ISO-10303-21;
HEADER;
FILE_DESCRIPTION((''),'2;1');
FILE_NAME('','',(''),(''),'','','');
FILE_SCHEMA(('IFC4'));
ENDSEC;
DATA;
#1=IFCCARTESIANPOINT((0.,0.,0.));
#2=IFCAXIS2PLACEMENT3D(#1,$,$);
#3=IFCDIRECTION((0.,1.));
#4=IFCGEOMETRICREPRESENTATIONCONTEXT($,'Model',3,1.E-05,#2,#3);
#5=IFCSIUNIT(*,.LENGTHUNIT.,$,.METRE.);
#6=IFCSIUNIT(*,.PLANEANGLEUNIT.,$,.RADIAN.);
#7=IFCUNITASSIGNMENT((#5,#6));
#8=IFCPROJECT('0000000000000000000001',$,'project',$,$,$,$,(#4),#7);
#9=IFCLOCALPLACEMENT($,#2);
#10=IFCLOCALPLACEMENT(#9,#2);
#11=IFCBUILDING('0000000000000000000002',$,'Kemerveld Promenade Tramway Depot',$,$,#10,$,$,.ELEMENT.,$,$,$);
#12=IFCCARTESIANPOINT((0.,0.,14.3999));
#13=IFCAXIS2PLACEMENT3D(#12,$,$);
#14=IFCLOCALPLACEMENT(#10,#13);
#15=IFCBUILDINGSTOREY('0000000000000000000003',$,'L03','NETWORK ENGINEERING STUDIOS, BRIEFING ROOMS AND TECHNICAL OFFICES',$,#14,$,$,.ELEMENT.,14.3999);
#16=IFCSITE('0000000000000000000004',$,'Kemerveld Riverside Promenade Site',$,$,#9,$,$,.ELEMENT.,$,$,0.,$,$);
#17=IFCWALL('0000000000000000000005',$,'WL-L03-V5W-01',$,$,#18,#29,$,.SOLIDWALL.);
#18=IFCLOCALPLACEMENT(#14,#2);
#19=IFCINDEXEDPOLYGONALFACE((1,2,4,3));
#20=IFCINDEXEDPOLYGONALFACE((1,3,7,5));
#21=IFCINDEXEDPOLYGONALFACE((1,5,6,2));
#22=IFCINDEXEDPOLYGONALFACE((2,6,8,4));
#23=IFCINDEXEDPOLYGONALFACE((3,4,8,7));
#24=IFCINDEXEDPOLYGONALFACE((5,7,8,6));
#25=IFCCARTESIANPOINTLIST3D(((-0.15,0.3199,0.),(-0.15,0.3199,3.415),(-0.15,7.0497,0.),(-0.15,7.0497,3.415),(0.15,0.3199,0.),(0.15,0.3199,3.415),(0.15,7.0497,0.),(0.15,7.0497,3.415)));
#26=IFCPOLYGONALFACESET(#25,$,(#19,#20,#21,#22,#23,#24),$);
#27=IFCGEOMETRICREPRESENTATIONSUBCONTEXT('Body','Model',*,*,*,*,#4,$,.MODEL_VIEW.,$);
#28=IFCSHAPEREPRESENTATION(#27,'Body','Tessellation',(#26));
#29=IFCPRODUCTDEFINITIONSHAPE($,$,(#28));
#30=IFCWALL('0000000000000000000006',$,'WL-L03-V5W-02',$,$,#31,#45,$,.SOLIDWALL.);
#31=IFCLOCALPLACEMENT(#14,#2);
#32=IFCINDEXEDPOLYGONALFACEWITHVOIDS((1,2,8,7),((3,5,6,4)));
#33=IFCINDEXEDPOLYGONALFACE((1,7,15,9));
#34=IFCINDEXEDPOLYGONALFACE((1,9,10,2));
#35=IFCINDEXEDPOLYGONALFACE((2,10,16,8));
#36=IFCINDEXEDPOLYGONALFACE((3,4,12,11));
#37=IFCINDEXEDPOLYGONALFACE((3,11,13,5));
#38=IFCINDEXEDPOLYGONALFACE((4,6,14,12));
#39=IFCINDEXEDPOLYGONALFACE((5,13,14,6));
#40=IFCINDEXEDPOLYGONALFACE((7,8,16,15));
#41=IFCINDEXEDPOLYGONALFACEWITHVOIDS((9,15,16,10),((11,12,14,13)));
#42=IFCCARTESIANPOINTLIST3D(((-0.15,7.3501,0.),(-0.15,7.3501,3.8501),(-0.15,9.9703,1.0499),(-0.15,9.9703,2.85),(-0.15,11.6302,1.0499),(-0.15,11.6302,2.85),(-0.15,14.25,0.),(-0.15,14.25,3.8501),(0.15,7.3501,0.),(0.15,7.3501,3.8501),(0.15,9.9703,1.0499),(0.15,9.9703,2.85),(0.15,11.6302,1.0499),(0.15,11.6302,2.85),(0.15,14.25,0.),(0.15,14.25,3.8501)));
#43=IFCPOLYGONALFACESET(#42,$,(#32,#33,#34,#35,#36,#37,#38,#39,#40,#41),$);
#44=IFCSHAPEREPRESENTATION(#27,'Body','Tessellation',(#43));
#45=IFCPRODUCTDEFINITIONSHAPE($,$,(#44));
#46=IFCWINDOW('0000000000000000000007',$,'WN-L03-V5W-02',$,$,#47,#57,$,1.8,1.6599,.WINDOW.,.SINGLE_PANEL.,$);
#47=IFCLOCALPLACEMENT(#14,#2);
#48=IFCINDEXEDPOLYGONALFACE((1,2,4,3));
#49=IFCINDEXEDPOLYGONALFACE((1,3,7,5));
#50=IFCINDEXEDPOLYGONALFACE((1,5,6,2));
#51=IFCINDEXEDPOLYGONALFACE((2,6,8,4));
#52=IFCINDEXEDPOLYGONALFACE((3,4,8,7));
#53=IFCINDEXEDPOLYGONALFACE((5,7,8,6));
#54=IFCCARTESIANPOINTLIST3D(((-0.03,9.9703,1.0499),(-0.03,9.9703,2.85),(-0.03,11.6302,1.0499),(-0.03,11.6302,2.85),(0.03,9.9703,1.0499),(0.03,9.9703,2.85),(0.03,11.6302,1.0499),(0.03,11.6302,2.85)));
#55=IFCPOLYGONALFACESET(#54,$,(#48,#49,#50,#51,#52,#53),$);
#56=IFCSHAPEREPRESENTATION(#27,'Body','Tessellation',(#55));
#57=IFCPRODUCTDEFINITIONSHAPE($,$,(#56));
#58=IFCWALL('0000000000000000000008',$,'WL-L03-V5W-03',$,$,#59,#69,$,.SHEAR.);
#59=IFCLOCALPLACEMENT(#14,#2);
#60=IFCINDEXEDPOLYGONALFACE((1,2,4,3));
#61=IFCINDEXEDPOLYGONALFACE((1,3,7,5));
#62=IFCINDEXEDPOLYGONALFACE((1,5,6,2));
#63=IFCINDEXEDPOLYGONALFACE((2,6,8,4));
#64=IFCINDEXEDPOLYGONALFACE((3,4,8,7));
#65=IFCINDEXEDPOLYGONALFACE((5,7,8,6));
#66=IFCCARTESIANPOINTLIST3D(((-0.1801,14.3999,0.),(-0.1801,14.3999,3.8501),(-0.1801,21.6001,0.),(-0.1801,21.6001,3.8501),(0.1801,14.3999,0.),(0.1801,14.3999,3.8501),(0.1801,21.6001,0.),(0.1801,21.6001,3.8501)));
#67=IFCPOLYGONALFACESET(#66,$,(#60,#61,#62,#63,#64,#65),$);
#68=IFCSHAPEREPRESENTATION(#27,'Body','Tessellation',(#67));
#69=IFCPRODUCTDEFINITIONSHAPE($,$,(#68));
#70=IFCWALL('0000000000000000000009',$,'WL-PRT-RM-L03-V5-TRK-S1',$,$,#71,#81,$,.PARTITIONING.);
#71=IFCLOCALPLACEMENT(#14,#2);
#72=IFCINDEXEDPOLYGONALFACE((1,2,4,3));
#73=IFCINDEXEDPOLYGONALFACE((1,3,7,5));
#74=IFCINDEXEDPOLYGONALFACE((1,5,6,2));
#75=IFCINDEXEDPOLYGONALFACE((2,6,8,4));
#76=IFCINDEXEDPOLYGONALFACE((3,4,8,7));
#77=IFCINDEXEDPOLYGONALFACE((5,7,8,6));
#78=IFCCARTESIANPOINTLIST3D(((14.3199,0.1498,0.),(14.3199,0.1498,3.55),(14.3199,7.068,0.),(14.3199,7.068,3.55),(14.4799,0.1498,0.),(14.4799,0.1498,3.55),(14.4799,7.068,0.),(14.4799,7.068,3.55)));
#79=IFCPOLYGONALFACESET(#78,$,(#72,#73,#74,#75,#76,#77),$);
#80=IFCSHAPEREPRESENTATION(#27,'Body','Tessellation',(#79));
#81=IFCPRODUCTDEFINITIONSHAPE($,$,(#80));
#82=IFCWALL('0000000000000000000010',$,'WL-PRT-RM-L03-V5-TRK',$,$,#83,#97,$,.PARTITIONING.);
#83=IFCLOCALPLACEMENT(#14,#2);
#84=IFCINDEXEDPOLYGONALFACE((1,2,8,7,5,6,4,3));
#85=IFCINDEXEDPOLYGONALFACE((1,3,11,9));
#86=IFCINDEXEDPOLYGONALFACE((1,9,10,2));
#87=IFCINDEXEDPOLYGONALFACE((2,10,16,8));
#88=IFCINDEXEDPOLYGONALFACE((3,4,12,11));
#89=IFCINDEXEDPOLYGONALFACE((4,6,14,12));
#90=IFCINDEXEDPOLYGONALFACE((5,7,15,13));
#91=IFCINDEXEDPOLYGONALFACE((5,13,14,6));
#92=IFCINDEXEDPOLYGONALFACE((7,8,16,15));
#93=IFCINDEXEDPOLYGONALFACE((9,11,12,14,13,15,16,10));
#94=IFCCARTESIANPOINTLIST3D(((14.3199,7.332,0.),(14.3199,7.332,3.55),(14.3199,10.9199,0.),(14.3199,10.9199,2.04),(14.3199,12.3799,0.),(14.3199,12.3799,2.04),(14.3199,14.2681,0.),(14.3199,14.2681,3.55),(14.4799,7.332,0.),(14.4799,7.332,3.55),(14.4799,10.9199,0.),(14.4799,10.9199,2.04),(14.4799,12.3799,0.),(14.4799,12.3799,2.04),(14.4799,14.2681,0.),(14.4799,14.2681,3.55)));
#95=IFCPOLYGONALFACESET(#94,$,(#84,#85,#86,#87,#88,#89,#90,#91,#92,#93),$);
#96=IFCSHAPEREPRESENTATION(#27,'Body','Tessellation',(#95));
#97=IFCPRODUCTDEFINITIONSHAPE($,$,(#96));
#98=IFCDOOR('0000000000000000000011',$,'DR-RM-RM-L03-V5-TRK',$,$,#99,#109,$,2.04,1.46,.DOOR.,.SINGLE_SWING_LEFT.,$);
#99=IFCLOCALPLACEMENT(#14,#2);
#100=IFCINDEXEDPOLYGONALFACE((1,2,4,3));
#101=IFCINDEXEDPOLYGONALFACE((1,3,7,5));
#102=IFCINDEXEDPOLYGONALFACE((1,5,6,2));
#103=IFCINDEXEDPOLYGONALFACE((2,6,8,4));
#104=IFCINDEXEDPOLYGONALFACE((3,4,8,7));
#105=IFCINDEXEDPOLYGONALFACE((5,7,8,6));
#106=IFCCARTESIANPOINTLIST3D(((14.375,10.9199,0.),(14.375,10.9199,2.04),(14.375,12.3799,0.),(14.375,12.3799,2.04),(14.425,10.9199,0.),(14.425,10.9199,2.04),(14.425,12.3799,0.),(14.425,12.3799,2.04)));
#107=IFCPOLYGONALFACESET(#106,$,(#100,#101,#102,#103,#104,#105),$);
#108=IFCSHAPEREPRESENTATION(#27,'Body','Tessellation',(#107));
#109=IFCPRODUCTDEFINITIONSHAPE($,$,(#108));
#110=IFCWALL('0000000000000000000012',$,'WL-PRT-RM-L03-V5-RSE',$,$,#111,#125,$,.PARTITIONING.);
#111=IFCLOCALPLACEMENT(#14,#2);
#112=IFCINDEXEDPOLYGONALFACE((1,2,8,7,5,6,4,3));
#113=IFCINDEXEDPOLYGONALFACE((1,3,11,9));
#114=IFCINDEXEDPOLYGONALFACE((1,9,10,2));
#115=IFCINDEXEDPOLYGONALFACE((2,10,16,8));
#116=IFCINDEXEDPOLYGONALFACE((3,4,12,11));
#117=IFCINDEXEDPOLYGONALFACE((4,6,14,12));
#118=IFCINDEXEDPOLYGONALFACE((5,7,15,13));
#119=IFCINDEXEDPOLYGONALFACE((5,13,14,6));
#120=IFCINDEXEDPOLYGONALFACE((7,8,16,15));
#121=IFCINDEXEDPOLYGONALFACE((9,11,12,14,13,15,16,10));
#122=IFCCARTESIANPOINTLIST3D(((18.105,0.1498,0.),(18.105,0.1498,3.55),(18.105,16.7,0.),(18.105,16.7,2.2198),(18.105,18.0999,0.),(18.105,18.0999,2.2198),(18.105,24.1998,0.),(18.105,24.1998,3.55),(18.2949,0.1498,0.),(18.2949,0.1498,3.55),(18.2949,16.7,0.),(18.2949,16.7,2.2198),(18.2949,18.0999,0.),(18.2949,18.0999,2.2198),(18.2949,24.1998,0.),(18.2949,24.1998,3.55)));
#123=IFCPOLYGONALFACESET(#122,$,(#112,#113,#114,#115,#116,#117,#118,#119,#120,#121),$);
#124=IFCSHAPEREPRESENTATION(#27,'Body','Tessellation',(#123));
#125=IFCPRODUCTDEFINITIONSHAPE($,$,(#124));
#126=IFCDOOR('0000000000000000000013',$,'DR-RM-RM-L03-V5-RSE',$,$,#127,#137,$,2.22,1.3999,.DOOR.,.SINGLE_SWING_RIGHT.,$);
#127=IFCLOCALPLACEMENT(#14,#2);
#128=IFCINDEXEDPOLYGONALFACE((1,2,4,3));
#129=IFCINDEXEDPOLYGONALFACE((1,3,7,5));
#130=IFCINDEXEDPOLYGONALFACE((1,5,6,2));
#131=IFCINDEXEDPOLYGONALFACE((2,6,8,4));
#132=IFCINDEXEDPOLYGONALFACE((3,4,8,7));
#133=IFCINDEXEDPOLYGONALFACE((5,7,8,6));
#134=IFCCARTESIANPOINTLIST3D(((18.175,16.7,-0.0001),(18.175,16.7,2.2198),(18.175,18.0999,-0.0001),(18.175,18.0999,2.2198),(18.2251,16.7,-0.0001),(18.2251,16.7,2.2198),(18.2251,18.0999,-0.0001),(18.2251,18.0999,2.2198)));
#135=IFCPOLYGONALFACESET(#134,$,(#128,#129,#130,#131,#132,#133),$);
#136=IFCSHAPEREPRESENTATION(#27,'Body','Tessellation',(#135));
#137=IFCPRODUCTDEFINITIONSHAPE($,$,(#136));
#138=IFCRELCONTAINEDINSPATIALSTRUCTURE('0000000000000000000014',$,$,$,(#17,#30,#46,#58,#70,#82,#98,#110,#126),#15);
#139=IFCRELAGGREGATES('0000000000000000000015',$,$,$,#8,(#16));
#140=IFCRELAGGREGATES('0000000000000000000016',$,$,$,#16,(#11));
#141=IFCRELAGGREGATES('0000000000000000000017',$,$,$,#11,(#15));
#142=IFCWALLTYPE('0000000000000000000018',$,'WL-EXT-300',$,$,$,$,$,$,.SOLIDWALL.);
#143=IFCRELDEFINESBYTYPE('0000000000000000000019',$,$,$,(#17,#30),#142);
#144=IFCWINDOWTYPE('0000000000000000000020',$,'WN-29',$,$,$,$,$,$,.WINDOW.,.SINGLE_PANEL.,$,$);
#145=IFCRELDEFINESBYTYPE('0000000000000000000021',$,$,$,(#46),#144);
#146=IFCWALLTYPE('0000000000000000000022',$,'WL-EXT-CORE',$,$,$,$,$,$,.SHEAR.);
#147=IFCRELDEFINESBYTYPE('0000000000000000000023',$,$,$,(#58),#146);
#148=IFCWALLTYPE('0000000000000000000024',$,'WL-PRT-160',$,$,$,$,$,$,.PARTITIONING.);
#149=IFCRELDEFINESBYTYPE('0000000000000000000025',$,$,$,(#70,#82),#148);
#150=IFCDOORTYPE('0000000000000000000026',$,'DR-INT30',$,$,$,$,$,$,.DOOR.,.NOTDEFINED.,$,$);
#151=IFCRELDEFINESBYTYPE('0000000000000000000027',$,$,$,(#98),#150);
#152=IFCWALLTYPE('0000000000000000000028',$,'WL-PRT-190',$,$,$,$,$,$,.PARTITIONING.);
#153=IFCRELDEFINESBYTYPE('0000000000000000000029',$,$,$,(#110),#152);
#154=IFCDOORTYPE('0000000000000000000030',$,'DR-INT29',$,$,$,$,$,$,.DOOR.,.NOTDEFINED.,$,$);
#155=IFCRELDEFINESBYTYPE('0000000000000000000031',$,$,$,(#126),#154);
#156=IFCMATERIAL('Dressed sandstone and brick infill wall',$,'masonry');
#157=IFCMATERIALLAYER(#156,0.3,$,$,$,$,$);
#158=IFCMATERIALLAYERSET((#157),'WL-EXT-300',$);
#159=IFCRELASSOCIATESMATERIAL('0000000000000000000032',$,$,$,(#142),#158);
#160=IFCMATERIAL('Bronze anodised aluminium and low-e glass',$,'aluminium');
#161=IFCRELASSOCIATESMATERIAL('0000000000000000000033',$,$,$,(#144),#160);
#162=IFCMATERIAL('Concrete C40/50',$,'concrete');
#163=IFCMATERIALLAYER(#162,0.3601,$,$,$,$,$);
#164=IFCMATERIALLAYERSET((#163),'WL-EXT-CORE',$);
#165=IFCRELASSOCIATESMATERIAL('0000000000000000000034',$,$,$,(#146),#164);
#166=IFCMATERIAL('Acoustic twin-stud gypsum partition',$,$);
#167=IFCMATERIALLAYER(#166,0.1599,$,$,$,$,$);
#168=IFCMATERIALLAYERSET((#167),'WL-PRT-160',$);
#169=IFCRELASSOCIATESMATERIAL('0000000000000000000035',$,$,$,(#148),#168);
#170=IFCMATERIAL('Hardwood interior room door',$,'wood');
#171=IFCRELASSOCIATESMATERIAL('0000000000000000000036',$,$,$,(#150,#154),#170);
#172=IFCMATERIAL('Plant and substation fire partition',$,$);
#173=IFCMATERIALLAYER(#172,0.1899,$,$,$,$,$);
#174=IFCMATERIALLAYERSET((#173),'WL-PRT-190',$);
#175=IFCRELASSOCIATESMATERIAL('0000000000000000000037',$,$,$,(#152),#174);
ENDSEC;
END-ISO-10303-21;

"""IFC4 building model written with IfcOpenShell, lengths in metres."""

from ifc_helpers import new_model, si_unit, direction, frame, frame_2d, origin, place, context, subcontext, project, spatial, rectangle, extrude, material, layer, layer_set, type_object, element, fill, save


model = new_model("IFC4")

# Units and contexts
model_context = context("Model", 3, precision=1e-05, world=origin(), true_north=direction((0.0, 1.0)))
body_context = subcontext(model_context, "Body", "Model", "MODEL_VIEW")
ifc_project = project(units=[si_unit("LENGTHUNIT", "METRE"), si_unit("PLANEANGLEUNIT", "RADIAN")], contexts=[model_context])

# Site, building, storey
site_placement = place(None, origin())
site = spatial("IfcSite", under=ifc_project, at=site_placement, Name="Kemerveld Riverside Promenade Site", CompositionType="ELEMENT", RefElevation=0.0)
building_placement = place(site_placement, origin())
building = spatial("IfcBuilding", under=site, at=building_placement, Name="Kemerveld Promenade Tramway Depot", CompositionType="ELEMENT")
storey_placement = place(building_placement, frame((0.0, 0.0, 14.3999)))
storey = spatial("IfcBuildingStorey", under=building, at=storey_placement, Name="L03", Description="NETWORK ENGINEERING STUDIOS, BRIEFING ROOMS AND TECHNICAL OFFICES", CompositionType="ELEMENT", Elevation=14.3999)

# Wall
ifc_material_1 = material(Name="Dressed sandstone and brick infill wall", Category="masonry")
ifc_layer_1 = layer(ifc_material_1, 0.3)
ifc_layer_set_1 = layer_set([ifc_layer_1], Name="WL-EXT-300")
wall_type_1 = type_object("IfcWallType", Name="WL-EXT-300", PredefinedType="SOLIDWALL", material=ifc_layer_set_1)
wall_1_placement = place(storey_placement, frame((0.0, 0.3201, 0.0), z_axis=(0.0, 0.0, 1.0), x_axis=(0.0, 1.0, 0.0)))
element("IfcWall", 1, at=wall_1_placement, inside=storey, type_object=wall_type_1, Name="WL-L03-V5W-01", PredefinedType="SOLIDWALL", context=body_context, shape_type="SweptSolid", body=[
    extrude(rectangle(XDim=6.7297, YDim=0.3, at=frame_2d((3.3647, 0.0))), origin(), (0.0, 0.0, 1.0), 3.415),
])

# Wall, opening, window
wall_2_placement = place(storey_placement, frame((0.0, 7.3501, 0.0), z_axis=(0.0, 0.0, 1.0), x_axis=(0.0, 1.0, 0.0)))
wall_2 = element("IfcWall", 2, at=wall_2_placement, inside=storey, type_object=wall_type_1, Name="WL-L03-V5W-02", PredefinedType="SOLIDWALL", context=body_context, shape_type="SweptSolid", body=[
    extrude(rectangle(XDim=6.8999, YDim=0.3, at=frame_2d((3.45, 0.0))), origin(), (0.0, 0.0, 1.0), 3.8501),
])
opening_1_placement = place(wall_2_placement, frame((2.6201, 0.0, 1.05)))
opening_1 = element("IfcOpeningElement", 3, at=opening_1_placement, cuts=wall_2, PredefinedType="OPENING", context=body_context, shape_type="SweptSolid", body=[
    extrude(rectangle(XDim=1.6599, YDim=1.8, at=frame_2d((0.8301, 0.8999))), frame((0.0, 0.1599, 0.0), z_axis=(0.0, -1.0, 0.0), x_axis=(1.0, 0.0, 0.0)), (0.0, 0.0, 1.0), 0.3201),
])
ifc_material_2 = material(Name="Bronze anodised aluminium and low-e glass", Category="aluminium")
window_type = type_object("IfcWindowType", Name="WN-29", PartitioningType="SINGLE_PANEL", PredefinedType="WINDOW", material=ifc_material_2)
window_placement = place(opening_1_placement, origin())
window = element("IfcWindow", 4, at=window_placement, inside=storey, type_object=window_type, Name="WN-L03-V5W-02", OverallHeight=1.8, OverallWidth=1.6599, PartitioningType="SINGLE_PANEL", PredefinedType="WINDOW", context=body_context, shape_type="SweptSolid", body=[
    extrude(rectangle(XDim=1.6599, YDim=1.8, at=frame_2d((0.8301, 0.8999))), frame((0.0, 0.03, 0.0), z_axis=(0.0, -1.0, 0.0), x_axis=(1.0, 0.0, 0.0)), (0.0, 0.0, 1.0), 0.0601),
])
fill(opening_1, window)

# Walls
ifc_material_3 = material(Name="Concrete C40/50", Category="concrete")
ifc_layer_2 = layer(ifc_material_3, 0.3601)
ifc_layer_set_2 = layer_set([ifc_layer_2], Name="WL-EXT-CORE")
wall_type_2 = type_object("IfcWallType", Name="WL-EXT-CORE", PredefinedType="SHEAR", material=ifc_layer_set_2)
wall_3_placement = place(storey_placement, frame((0.0, 14.3999, 0.0), z_axis=(0.0, 0.0, 1.0), x_axis=(0.0, 1.0, 0.0)))
element("IfcWall", 5, at=wall_3_placement, inside=storey, type_object=wall_type_2, Name="WL-L03-V5W-03", PredefinedType="SHEAR", context=body_context, shape_type="SweptSolid", body=[
    extrude(rectangle(XDim=7.2002, YDim=0.3601, at=frame_2d((3.6001, 0.0))), origin(), (0.0, 0.0, 1.0), 3.8501),
])
ifc_material_4 = material(Name="Acoustic twin-stud gypsum partition")
ifc_layer_3 = layer(ifc_material_4, 0.1599)
ifc_layer_set_3 = layer_set([ifc_layer_3], Name="WL-PRT-160")
wall_type_3 = type_object("IfcWallType", Name="WL-PRT-160", PredefinedType="PARTITIONING", material=ifc_layer_set_3)
wall_4_placement = place(storey_placement, frame((14.3999, 0.1499, 0.0), z_axis=(0.0, 0.0, 1.0), x_axis=(0.0, 1.0, 0.0)))
element("IfcWall", 6, at=wall_4_placement, inside=storey, type_object=wall_type_3, Name="WL-PRT-RM-L03-V5-TRK-S1", PredefinedType="PARTITIONING", context=body_context, shape_type="SweptSolid", body=[
    extrude(rectangle(XDim=6.9182, YDim=0.1599, at=frame_2d((3.459, 0.0))), origin(), (0.0, 0.0, 1.0), 3.55),
])

# Walls, openings, doors
wall_5_placement = place(storey_placement, frame((14.3999, 7.332, 0.0), z_axis=(0.0, 0.0, 1.0), x_axis=(0.0, 1.0, 0.0)))
wall_5 = element("IfcWall", 7, at=wall_5_placement, inside=storey, type_object=wall_type_3, Name="WL-PRT-RM-L03-V5-TRK", PredefinedType="PARTITIONING", context=body_context, shape_type="SweptSolid", body=[
    extrude(rectangle(XDim=6.936, YDim=0.1599, at=frame_2d((3.468, 0.0))), origin(), (0.0, 0.0, 1.0), 3.55),
])
opening_2_placement = place(wall_5_placement, frame((3.5879, 0.0, 0.0)))
opening_2 = element("IfcOpeningElement", 8, at=opening_2_placement, cuts=wall_5, PredefinedType="OPENING", context=body_context, shape_type="SweptSolid", body=[
    extrude(rectangle(XDim=1.46, YDim=2.04, at=frame_2d((0.73, 1.02))), frame((0.0, 0.0898, 0.0), z_axis=(0.0, -1.0, 0.0), x_axis=(1.0, 0.0, 0.0)), (0.0, 0.0, 1.0), 0.1799),
])
ifc_material_5 = material(Name="Hardwood interior room door", Category="wood")
door_type_1 = type_object("IfcDoorType", Name="DR-INT30", OperationType="NOTDEFINED", PredefinedType="DOOR", material=ifc_material_5)
door_1_placement = place(opening_2_placement, origin())
door_1 = element("IfcDoor", 9, at=door_1_placement, inside=storey, type_object=door_type_1, Name="DR-RM-RM-L03-V5-TRK", OperationType="SINGLE_SWING_LEFT", OverallHeight=2.04, OverallWidth=1.46, PredefinedType="DOOR", context=body_context, shape_type="SweptSolid", body=[
    extrude(rectangle(XDim=1.46, YDim=2.04, at=frame_2d((0.73, 1.02))), frame((0.0, 0.0249, 0.0), z_axis=(0.0, -1.0, 0.0), x_axis=(1.0, 0.0, 0.0)), (0.0, 0.0, 1.0), 0.05),
])
fill(opening_2, door_1)
ifc_material_6 = material(Name="Plant and substation fire partition")
ifc_layer_4 = layer(ifc_material_6, 0.1899)
ifc_layer_set_4 = layer_set([ifc_layer_4], Name="WL-PRT-190")
wall_type_4 = type_object("IfcWallType", Name="WL-PRT-190", PredefinedType="PARTITIONING", material=ifc_layer_set_4)
wall_6_placement = place(storey_placement, frame((18.2, 0.1499, 0.0), z_axis=(0.0, 0.0, 1.0), x_axis=(0.0, 1.0, 0.0)))
wall_6 = element("IfcWall", 10, at=wall_6_placement, inside=storey, type_object=wall_type_4, Name="WL-PRT-RM-L03-V5-RSE", PredefinedType="PARTITIONING", context=body_context, shape_type="SweptSolid", body=[
    extrude(rectangle(XDim=24.05, YDim=0.1899, at=frame_2d((12.0249, 0.0))), origin(), (0.0, 0.0, 1.0), 3.55),
])
opening_3_placement = place(wall_6_placement, frame((16.55, 0.0, 0.0)))
opening_3 = element("IfcOpeningElement", 11, at=opening_3_placement, cuts=wall_6, PredefinedType="OPENING", context=body_context, shape_type="SweptSolid", body=[
    extrude(rectangle(XDim=1.3999, YDim=2.22, at=frame_2d((0.7, 1.1099))), frame((0.0, 0.105, 0.0), z_axis=(0.0, -1.0, 0.0), x_axis=(1.0, 0.0, 0.0)), (0.0, 0.0, 1.0), 0.21),
])
door_type_2 = type_object("IfcDoorType", Name="DR-INT29", OperationType="NOTDEFINED", PredefinedType="DOOR", material=ifc_material_5)
door_2_placement = place(opening_3_placement, origin())
door_2 = element("IfcDoor", 12, at=door_2_placement, inside=storey, type_object=door_type_2, Name="DR-RM-RM-L03-V5-RSE", OperationType="SINGLE_SWING_RIGHT", OverallHeight=2.22, OverallWidth=1.3999, PredefinedType="DOOR", context=body_context, shape_type="SweptSolid", body=[
    extrude(rectangle(XDim=1.3999, YDim=2.22, at=frame_2d((0.7, 1.1099))), frame((0.0, 0.0249, 0.0), z_axis=(0.0, -1.0, 0.0), x_axis=(1.0, 0.0, 0.0)), (0.0, 0.0, 1.0), 0.05),
])
fill(opening_3, door_2)

save(model, "model.ifc")
